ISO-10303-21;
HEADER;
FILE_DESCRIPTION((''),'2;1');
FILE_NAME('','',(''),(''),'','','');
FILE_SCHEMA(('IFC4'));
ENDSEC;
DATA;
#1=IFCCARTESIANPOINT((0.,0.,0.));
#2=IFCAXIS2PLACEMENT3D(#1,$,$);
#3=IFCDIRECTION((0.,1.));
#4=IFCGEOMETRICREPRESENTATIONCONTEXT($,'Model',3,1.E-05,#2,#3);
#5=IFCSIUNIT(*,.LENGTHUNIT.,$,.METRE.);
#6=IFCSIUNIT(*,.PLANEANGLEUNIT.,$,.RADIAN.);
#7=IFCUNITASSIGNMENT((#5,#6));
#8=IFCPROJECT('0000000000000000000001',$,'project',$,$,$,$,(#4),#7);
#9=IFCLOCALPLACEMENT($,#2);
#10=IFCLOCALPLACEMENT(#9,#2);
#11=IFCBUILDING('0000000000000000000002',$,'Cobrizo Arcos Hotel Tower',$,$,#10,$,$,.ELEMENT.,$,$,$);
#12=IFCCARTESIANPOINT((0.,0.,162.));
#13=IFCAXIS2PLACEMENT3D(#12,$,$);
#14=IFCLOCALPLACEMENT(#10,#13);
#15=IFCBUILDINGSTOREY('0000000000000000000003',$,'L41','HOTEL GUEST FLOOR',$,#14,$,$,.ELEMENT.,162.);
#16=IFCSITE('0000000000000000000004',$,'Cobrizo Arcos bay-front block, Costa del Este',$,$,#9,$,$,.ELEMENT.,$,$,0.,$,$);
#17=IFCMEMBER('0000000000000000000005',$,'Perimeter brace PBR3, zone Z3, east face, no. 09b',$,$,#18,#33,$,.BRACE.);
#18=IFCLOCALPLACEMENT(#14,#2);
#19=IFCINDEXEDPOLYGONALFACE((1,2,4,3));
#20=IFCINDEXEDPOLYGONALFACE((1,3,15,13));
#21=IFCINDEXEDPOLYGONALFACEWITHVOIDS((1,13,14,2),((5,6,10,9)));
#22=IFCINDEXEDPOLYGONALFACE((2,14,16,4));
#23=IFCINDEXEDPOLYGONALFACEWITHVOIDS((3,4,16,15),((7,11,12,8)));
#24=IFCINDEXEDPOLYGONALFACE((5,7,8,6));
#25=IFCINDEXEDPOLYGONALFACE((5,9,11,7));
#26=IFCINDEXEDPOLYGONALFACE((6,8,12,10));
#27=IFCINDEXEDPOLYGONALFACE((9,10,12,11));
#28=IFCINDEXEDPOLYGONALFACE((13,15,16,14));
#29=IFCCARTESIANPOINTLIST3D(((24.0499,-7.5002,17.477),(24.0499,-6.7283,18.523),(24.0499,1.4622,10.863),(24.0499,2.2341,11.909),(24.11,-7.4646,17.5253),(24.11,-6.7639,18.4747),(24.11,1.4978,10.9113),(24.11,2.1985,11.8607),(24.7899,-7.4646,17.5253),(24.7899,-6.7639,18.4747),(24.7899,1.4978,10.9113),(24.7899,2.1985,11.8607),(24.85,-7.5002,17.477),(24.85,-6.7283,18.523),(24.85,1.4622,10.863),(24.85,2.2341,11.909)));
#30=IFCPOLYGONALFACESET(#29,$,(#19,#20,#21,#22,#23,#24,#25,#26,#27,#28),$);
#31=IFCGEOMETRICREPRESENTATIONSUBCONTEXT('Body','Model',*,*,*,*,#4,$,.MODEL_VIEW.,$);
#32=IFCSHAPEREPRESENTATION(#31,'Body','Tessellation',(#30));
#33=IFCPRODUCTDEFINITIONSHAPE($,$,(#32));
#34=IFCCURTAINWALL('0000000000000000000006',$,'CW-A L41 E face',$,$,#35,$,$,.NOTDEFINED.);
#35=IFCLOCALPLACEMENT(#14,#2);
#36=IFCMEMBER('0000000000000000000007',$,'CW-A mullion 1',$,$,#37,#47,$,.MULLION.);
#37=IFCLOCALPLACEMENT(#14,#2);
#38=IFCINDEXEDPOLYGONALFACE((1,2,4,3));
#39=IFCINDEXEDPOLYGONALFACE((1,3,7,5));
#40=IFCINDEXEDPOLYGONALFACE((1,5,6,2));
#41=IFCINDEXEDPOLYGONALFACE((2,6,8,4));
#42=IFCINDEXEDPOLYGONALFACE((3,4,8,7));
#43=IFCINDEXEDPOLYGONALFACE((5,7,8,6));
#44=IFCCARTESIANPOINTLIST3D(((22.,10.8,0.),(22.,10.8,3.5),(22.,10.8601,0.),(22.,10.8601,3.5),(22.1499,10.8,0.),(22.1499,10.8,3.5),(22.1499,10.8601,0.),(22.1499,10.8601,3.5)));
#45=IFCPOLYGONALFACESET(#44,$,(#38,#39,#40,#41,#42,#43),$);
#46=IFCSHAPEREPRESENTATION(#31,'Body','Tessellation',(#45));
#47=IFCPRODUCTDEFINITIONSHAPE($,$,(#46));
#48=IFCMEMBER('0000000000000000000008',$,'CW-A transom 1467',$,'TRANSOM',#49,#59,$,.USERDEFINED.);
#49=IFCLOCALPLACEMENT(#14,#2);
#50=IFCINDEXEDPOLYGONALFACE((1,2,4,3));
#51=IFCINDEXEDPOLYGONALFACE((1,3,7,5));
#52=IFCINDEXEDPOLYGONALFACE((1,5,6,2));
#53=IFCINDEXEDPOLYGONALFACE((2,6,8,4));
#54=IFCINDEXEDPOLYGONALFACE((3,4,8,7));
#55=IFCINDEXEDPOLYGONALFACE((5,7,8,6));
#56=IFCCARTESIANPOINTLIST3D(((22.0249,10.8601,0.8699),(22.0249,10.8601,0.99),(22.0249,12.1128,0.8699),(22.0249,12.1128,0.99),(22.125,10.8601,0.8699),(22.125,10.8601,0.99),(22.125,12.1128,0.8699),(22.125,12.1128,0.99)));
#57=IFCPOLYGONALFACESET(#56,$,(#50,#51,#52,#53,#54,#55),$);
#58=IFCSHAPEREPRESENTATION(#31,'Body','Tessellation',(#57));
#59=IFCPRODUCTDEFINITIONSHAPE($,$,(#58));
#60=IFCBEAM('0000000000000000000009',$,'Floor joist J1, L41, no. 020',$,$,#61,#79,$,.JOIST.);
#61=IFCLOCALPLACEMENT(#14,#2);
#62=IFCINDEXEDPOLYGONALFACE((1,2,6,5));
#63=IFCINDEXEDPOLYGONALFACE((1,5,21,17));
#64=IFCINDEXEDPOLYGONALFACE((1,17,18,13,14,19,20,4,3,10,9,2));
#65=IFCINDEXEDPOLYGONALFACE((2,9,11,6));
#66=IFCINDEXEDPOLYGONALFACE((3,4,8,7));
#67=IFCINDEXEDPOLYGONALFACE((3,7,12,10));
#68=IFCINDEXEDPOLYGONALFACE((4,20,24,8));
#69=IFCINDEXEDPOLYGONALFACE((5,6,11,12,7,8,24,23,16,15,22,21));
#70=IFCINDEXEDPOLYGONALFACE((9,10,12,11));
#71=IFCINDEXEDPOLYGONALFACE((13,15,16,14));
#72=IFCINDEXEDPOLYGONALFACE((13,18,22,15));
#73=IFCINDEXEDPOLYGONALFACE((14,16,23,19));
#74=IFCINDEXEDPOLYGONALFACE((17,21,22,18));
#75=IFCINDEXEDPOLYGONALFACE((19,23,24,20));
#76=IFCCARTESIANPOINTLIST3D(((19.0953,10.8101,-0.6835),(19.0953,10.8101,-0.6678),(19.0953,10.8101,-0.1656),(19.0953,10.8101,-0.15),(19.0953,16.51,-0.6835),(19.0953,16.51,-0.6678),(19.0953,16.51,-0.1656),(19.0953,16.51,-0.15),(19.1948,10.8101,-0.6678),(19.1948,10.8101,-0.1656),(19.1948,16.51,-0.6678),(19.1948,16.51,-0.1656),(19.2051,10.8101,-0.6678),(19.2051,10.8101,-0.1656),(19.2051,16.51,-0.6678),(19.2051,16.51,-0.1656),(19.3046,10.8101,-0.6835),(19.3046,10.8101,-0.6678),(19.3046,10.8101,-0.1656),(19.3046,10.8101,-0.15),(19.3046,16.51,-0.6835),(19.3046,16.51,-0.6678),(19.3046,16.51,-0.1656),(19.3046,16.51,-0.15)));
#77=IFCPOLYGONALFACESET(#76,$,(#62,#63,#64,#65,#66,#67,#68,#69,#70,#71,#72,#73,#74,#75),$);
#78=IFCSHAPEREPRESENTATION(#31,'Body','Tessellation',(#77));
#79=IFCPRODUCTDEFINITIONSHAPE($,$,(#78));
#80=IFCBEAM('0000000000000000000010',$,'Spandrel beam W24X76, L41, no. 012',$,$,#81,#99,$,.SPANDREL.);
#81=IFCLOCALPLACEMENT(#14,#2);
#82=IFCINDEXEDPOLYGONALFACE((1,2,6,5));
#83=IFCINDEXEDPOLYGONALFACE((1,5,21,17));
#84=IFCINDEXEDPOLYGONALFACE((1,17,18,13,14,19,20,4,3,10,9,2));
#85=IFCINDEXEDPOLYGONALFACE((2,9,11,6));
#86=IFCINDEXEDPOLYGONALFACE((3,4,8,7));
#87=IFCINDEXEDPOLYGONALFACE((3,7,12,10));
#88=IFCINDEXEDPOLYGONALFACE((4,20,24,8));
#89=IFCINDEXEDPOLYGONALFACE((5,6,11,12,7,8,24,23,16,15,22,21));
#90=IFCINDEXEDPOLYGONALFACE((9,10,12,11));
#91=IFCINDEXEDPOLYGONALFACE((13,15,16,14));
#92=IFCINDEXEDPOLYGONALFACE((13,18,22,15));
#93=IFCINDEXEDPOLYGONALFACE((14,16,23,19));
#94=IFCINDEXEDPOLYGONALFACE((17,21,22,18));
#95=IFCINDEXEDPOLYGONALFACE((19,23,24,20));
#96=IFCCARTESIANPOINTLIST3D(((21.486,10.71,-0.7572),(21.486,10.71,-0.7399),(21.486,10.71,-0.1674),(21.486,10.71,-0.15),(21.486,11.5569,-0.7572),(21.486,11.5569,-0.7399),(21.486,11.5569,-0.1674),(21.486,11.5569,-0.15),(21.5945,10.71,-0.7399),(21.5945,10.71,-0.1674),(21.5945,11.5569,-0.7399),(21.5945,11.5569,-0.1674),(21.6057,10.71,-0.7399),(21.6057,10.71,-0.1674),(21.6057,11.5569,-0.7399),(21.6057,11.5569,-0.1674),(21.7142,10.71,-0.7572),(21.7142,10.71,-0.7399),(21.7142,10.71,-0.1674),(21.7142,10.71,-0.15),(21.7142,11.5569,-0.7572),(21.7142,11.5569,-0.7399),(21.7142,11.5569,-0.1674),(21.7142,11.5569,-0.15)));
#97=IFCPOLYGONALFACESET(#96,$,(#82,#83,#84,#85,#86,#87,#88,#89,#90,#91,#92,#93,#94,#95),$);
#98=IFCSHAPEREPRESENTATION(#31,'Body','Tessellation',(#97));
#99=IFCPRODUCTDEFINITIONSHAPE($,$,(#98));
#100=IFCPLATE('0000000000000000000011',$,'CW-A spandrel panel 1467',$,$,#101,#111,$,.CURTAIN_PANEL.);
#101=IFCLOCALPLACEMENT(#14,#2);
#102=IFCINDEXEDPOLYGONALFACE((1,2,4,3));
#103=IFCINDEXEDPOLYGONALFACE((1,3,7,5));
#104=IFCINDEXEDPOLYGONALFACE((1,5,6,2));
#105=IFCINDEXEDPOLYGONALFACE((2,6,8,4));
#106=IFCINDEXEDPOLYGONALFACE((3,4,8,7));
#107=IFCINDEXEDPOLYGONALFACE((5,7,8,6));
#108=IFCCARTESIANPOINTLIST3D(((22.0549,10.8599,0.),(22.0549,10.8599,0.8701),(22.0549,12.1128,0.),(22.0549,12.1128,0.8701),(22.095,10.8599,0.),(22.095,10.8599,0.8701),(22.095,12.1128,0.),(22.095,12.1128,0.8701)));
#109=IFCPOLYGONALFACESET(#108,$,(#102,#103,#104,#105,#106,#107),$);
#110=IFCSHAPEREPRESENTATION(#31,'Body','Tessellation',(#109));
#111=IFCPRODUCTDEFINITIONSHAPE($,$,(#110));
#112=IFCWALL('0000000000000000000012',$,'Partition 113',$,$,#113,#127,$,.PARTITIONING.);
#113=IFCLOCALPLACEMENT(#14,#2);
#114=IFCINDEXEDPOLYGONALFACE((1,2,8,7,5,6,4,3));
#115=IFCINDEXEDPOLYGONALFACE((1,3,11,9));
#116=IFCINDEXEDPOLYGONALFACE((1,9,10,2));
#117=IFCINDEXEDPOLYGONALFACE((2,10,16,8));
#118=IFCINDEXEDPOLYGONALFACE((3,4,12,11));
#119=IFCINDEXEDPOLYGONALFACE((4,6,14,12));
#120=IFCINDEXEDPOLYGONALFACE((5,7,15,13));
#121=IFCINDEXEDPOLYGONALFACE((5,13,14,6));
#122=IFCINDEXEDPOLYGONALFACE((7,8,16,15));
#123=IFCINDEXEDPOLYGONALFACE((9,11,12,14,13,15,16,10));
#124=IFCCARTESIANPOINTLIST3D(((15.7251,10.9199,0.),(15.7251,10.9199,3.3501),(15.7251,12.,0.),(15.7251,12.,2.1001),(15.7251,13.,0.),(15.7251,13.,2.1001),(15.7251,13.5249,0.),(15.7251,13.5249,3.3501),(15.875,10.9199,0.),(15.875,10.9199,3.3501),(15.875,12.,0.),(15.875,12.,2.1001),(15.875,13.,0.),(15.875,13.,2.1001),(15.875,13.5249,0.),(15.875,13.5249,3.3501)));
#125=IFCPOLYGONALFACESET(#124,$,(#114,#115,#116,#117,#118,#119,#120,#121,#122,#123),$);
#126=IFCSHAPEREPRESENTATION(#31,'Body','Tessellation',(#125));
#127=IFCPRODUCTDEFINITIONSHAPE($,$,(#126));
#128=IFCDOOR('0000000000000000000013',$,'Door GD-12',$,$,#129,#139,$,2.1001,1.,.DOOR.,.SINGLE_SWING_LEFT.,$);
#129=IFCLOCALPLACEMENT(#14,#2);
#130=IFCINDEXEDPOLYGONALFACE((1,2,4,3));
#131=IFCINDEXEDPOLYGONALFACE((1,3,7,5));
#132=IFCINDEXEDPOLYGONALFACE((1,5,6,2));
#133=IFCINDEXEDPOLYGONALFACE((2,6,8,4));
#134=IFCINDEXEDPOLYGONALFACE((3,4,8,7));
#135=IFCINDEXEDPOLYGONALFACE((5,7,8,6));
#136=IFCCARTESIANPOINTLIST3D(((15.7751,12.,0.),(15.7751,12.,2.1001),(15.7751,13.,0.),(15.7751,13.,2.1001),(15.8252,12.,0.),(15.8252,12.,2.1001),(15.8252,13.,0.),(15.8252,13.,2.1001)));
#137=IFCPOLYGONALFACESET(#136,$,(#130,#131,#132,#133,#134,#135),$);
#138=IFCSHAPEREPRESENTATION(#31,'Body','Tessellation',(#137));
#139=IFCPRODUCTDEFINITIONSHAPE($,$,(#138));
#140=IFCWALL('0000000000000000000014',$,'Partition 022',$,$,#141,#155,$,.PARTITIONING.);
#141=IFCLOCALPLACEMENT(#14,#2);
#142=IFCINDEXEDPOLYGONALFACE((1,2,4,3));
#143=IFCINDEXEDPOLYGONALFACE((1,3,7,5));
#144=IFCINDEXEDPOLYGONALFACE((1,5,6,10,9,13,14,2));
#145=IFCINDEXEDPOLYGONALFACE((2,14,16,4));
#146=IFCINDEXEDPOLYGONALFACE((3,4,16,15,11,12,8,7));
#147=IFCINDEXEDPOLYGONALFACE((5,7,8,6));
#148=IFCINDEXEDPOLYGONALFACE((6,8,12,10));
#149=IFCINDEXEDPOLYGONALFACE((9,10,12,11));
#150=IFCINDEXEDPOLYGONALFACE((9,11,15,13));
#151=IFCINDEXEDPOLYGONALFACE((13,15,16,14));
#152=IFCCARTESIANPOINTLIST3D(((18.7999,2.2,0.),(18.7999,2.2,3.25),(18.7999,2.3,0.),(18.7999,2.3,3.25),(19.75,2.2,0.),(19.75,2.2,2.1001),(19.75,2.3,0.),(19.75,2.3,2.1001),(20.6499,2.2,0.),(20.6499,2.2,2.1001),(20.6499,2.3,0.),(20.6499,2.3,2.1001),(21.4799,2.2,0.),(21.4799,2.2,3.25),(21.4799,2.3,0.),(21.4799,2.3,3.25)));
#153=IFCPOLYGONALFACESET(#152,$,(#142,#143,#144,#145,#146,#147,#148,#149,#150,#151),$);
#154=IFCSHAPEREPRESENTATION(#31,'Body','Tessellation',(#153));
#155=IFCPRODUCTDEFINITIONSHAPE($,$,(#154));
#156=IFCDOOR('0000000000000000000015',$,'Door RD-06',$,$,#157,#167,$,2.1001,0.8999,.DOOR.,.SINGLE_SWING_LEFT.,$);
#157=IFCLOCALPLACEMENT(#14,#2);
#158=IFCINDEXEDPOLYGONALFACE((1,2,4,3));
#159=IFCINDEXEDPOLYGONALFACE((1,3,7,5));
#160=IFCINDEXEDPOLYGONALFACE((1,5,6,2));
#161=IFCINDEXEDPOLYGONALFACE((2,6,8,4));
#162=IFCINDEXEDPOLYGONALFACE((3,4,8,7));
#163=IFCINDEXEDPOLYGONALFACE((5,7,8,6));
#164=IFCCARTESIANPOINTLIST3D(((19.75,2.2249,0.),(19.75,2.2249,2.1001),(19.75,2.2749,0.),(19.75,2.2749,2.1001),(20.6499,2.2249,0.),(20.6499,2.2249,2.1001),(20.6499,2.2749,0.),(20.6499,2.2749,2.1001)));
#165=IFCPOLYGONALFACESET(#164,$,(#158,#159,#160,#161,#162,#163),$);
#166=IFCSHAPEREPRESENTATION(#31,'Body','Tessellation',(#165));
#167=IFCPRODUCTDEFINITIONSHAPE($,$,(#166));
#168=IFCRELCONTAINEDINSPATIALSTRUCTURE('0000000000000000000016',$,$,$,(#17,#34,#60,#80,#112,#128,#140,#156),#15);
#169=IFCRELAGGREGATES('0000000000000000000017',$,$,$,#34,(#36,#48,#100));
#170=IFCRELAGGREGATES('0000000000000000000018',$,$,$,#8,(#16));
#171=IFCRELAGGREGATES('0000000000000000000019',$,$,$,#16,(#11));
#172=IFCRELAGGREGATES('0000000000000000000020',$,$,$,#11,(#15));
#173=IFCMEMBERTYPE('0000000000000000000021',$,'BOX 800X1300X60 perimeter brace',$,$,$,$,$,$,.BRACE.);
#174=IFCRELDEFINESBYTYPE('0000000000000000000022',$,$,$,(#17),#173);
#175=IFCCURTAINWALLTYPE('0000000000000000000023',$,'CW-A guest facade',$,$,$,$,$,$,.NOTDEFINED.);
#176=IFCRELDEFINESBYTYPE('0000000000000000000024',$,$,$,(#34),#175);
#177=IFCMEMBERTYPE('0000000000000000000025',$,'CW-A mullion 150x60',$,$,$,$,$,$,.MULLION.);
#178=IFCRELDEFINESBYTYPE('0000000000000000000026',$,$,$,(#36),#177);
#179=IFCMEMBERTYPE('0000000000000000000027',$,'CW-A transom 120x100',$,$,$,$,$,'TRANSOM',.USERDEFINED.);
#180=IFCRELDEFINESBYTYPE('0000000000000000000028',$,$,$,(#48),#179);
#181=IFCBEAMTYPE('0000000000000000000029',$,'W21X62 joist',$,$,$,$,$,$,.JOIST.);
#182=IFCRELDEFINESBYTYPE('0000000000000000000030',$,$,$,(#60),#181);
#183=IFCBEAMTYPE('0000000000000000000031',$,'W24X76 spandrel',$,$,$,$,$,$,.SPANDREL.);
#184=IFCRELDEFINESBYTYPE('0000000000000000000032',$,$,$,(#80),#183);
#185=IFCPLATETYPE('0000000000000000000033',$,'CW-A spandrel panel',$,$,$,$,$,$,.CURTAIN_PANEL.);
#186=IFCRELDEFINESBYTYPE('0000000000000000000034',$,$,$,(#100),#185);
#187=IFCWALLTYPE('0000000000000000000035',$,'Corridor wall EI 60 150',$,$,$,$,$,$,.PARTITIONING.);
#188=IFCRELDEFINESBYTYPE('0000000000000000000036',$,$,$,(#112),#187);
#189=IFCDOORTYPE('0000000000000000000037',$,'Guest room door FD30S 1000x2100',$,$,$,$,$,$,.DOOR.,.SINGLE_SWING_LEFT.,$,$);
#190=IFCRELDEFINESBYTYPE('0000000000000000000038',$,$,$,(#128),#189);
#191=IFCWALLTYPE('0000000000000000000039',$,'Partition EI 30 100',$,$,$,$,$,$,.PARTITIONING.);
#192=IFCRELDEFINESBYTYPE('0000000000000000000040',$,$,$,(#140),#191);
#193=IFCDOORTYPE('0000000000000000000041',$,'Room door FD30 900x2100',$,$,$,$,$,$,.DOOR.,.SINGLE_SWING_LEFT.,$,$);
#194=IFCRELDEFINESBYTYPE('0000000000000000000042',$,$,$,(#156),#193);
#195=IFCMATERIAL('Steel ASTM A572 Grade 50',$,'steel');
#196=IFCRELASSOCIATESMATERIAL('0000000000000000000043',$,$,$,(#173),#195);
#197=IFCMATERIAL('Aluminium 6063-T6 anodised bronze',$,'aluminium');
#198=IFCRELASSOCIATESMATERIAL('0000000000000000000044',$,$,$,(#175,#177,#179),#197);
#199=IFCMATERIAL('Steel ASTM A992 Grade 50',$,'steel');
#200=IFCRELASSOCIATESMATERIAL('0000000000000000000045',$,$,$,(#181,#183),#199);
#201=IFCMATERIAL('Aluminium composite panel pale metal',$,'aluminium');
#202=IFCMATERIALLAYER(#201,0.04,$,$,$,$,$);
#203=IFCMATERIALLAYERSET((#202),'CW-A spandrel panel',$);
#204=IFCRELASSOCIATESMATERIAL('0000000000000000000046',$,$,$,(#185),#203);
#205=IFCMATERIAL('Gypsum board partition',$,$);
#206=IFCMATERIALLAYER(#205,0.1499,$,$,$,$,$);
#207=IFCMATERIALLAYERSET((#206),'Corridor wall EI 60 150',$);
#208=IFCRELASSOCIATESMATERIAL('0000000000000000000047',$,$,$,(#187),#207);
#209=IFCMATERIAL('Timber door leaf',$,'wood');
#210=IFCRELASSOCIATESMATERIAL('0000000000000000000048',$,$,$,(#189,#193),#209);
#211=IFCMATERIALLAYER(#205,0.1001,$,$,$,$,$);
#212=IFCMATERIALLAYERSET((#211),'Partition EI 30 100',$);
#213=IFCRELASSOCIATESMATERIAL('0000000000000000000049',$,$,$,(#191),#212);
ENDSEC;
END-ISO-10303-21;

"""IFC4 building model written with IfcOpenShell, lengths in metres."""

from ifc_helpers import new_model, si_unit, direction, frame, frame_2d, origin, origin_2d, place, context, subcontext, project, spatial, rectangle, hollow_rectangle, i_section, extrude, material, layer, layer_set, material_profile, profile_set, type_object, element, fill, aggregate, save


model = new_model("IFC4")

# Units and contexts
model_context = context("Model", 3, precision=1e-05, world=origin(), true_north=direction((0.0, 1.0)))
body_context = subcontext(model_context, "Body", "Model", "MODEL_VIEW")
ifc_project = project(units=[si_unit("LENGTHUNIT", "METRE"), si_unit("PLANEANGLEUNIT", "RADIAN")], contexts=[model_context])

# Site, building, storey
site_placement = place(None, origin())
site = spatial("IfcSite", under=ifc_project, at=site_placement, Name="Cobrizo Arcos bay-front block, Costa del Este", CompositionType="ELEMENT", RefElevation=0.0)
building_placement = place(site_placement, origin())
building = spatial("IfcBuilding", under=site, at=building_placement, Name="Cobrizo Arcos Hotel Tower", CompositionType="ELEMENT")
storey_placement = place(building_placement, frame((0.0, 0.0, 162.0)))
storey = spatial("IfcBuildingStorey", under=building, at=storey_placement, Name="L41", Description="HOTEL GUEST FLOOR", CompositionType="ELEMENT", Elevation=162.0)

# Member
ifc_material_1 = material(Name="Steel ASTM A572 Grade 50", Category="steel")
ifc_material_profile_1 = material_profile(ifc_material_1, hollow_rectangle(XDim=0.8, YDim=1.3, WallThickness=0.0601, at=origin_2d()), Name="BOX 800X1300X60")
ifc_profile_set_1 = profile_set([ifc_material_profile_1], Name="Steel ASTM A572 Grade 50")
member_type_1 = type_object("IfcMemberType", Name="BOX 800X1300X60 perimeter brace", PredefinedType="BRACE", material=ifc_profile_set_1)
member_1_placement = place(storey_placement, frame((24.45, 1.8481, 11.386), z_axis=(0.0, -0.804621, 0.593789), x_axis=(1.0, 0.0, 0.0)))
element("IfcMember", 1, at=member_1_placement, inside=storey, type_object=member_type_1, Name="Perimeter brace PBR3, zone Z3, east face, no. 09b", PredefinedType="BRACE", context=body_context, shape_type="SweptSolid", body=[
    extrude(hollow_rectangle(XDim=0.8, YDim=1.3, WallThickness=0.0601, at=origin_2d()), origin(), (0.0, 0.0, 1.0), 11.1387),
])

# Curtain wall, members
ifc_material_2 = material(Name="Aluminium 6063-T6 anodised bronze", Category="aluminium")
curtain_wall_type = type_object("IfcCurtainWallType", Name="CW-A guest facade", PredefinedType="NOTDEFINED", material=ifc_material_2)
curtain_wall_placement = place(storey_placement, origin())
curtain_wall = element("IfcCurtainWall", 2, at=curtain_wall_placement, inside=storey, type_object=curtain_wall_type, Name="CW-A L41 E face", PredefinedType="NOTDEFINED")
ifc_material_profile_2 = material_profile(ifc_material_2, rectangle(XDim=0.1499, YDim=0.0601, at=origin_2d()), Name="CW-A mullion 150x60")
ifc_profile_set_2 = profile_set([ifc_material_profile_2], Name="Aluminium 6063-T6 anodised bronze")
member_type_2 = type_object("IfcMemberType", Name="CW-A mullion 150x60", PredefinedType="MULLION", material=ifc_profile_set_2)
member_2_placement = place(storey_placement, frame((22.075, 10.8301, 0.0), z_axis=(0.0, 0.0, 1.0), x_axis=(1.0, 0.0, 0.0)))
member_2 = element("IfcMember", 3, at=member_2_placement, type_object=member_type_2, Name="CW-A mullion 1", PredefinedType="MULLION", context=body_context, shape_type="SweptSolid", body=[
    extrude(rectangle(XDim=0.1499, YDim=0.0601, at=origin_2d()), origin(), (0.0, 0.0, 1.0), 3.5),
])
ifc_material_profile_3 = material_profile(ifc_material_2, rectangle(XDim=0.1001, YDim=0.1201, at=origin_2d()), Name="CW-A transom 120x100")
ifc_profile_set_3 = profile_set([ifc_material_profile_3], Name="Aluminium 6063-T6 anodised bronze")
member_type_3 = type_object("IfcMemberType", Name="CW-A transom 120x100", ElementType="TRANSOM", PredefinedType="USERDEFINED", material=ifc_profile_set_3)
member_3_placement = place(storey_placement, frame((22.075, 10.8601, 0.9299), z_axis=(0.0, 1.0, 0.0), x_axis=(-1.0, 0.0, 0.0)))
member_3 = element("IfcMember", 4, at=member_3_placement, type_object=member_type_3, Name="CW-A transom 1467", ObjectType="TRANSOM", PredefinedType="USERDEFINED", context=body_context, shape_type="SweptSolid", body=[
    extrude(rectangle(XDim=0.1001, YDim=0.1201, at=origin_2d()), origin(), (0.0, 0.0, 1.0), 1.2527),
])

# Beams
ifc_material_3 = material(Name="Steel ASTM A992 Grade 50", Category="steel")
ifc_material_profile_4 = material_profile(ifc_material_3, i_section(OverallWidth=0.2092, OverallDepth=0.5334, WebThickness=0.0103, FlangeThickness=0.0156, at=origin_2d()), Name="W21X62")
ifc_profile_set_4 = profile_set([ifc_material_profile_4], Name="Steel ASTM A992 Grade 50")
beam_type_1 = type_object("IfcBeamType", Name="W21X62 joist", PredefinedType="JOIST", material=ifc_profile_set_4)
beam_1_placement = place(storey_placement, frame((19.2, 10.8101, -0.4167), z_axis=(0.0, 1.0, 0.0), x_axis=(-1.0, 0.0, 0.0)))
element("IfcBeam", 5, at=beam_1_placement, inside=storey, type_object=beam_type_1, Name="Floor joist J1, L41, no. 020", PredefinedType="JOIST", context=body_context, shape_type="SweptSolid", body=[
    extrude(i_section(OverallWidth=0.2092, OverallDepth=0.5334, WebThickness=0.0103, FlangeThickness=0.0156, at=origin_2d()), origin(), (0.0, 0.0, 1.0), 5.7),
])
ifc_material_profile_5 = material_profile(ifc_material_3, i_section(OverallWidth=0.2283, OverallDepth=0.6072, WebThickness=0.0112, FlangeThickness=0.0173, at=origin_2d()), Name="W24X76")
ifc_profile_set_5 = profile_set([ifc_material_profile_5], Name="Steel ASTM A992 Grade 50")
beam_type_2 = type_object("IfcBeamType", Name="W24X76 spandrel", PredefinedType="SPANDREL", material=ifc_profile_set_5)
beam_2_placement = place(storey_placement, frame((21.6001, 10.71, -0.4536), z_axis=(0.0, 1.0, 0.0), x_axis=(-1.0, 0.0, 0.0)))
element("IfcBeam", 6, at=beam_2_placement, inside=storey, type_object=beam_type_2, Name="Spandrel beam W24X76, L41, no. 012", PredefinedType="SPANDREL", context=body_context, shape_type="SweptSolid", body=[
    extrude(i_section(OverallWidth=0.2283, OverallDepth=0.6072, WebThickness=0.0112, FlangeThickness=0.0173, at=origin_2d()), origin(), (0.0, 0.0, 1.0), 0.8469),
])

# Plate
ifc_material_4 = material(Name="Aluminium composite panel pale metal", Category="aluminium")
ifc_layer_1 = layer(ifc_material_4, 0.04)
ifc_layer_set_1 = layer_set([ifc_layer_1], Name="CW-A spandrel panel")
plate_type = type_object("IfcPlateType", Name="CW-A spandrel panel", PredefinedType="CURTAIN_PANEL", material=ifc_layer_set_1)
plate_placement = place(storey_placement, frame((22.075, 11.4863, 0.0), z_axis=(0.0, 0.0, 1.0), x_axis=(0.0, 1.0, 0.0)))
plate = element("IfcPlate", 7, at=plate_placement, type_object=plate_type, Name="CW-A spandrel panel 1467", PredefinedType="CURTAIN_PANEL", context=body_context, shape_type="SweptSolid", body=[
    extrude(rectangle(XDim=1.2529, YDim=0.04, at=origin_2d()), origin(), (0.0, 0.0, 1.0), 0.8701),
])
aggregate(curtain_wall, [member_2, member_3, plate])

# Walls, openings, doors
ifc_material_5 = material(Name="Gypsum board partition")
ifc_layer_2 = layer(ifc_material_5, 0.1499)
ifc_layer_set_2 = layer_set([ifc_layer_2], Name="Corridor wall EI 60 150")
wall_type_1 = type_object("IfcWallType", Name="Corridor wall EI 60 150", PredefinedType="PARTITIONING", material=ifc_layer_set_2)
wall_1_placement = place(storey_placement, frame((15.8, 10.9199, 0.0), z_axis=(0.0, 0.0, 1.0), x_axis=(0.0, 1.0, 0.0)))
wall_1 = element("IfcWall", 8, at=wall_1_placement, inside=storey, type_object=wall_type_1, Name="Partition 113", PredefinedType="PARTITIONING", context=body_context, shape_type="SweptSolid", body=[
    extrude(rectangle(XDim=2.605, YDim=0.1499, at=frame_2d((1.3025, 0.0))), origin(), (0.0, 0.0, 1.0), 3.3501),
])
opening_1_placement = place(wall_1_placement, frame((1.0801, 0.0, 0.0)))
opening_1 = element("IfcOpeningElement", 9, at=opening_1_placement, cuts=wall_1, PredefinedType="OPENING", context=body_context, shape_type="SweptSolid", body=[
    extrude(rectangle(XDim=1.0, YDim=2.1001, at=frame_2d((0.5, 1.05))), frame((0.0, 0.0869, 0.0), z_axis=(0.0, -1.0, 0.0), x_axis=(1.0, 0.0, 0.0)), (0.0, 0.0, 1.0), 0.1738),
])
ifc_material_6 = material(Name="Timber door leaf", Category="wood")
door_type_1 = type_object("IfcDoorType", Name="Guest room door FD30S 1000x2100", OperationType="SINGLE_SWING_LEFT", PredefinedType="DOOR", material=ifc_material_6)
door_1_placement = place(opening_1_placement, origin())
door_1 = element("IfcDoor", 10, at=door_1_placement, inside=storey, type_object=door_type_1, Name="Door GD-12", OperationType="SINGLE_SWING_LEFT", OverallHeight=2.1001, OverallWidth=1.0, PredefinedType="DOOR", context=body_context, shape_type="SweptSolid", body=[
    extrude(rectangle(XDim=1.0, YDim=2.1001, at=frame_2d((0.5, 1.05))), frame((0.0, 0.0249, 0.0), z_axis=(0.0, -1.0, 0.0), x_axis=(1.0, 0.0, 0.0)), (0.0, 0.0, 1.0), 0.05),
])
fill(opening_1, door_1)
ifc_layer_3 = layer(ifc_material_5, 0.1001)
ifc_layer_set_3 = layer_set([ifc_layer_3], Name="Partition EI 30 100")
wall_type_2 = type_object("IfcWallType", Name="Partition EI 30 100", PredefinedType="PARTITIONING", material=ifc_layer_set_3)
wall_2_placement = place(storey_placement, frame((18.8, 2.25, 0.0), z_axis=(0.0, 0.0, 1.0), x_axis=(1.0, 0.0, 0.0)))
wall_2 = element("IfcWall", 11, at=wall_2_placement, inside=storey, type_object=wall_type_2, Name="Partition 022", PredefinedType="PARTITIONING", context=body_context, shape_type="SweptSolid", body=[
    extrude(rectangle(XDim=2.6799, YDim=0.1001, at=frame_2d((1.3398, 0.0))), origin(), (0.0, 0.0, 1.0), 3.25),
])
opening_2_placement = place(wall_2_placement, frame((0.95, 0.0, 0.0)))
opening_2 = element("IfcOpeningElement", 12, at=opening_2_placement, cuts=wall_2, PredefinedType="OPENING", context=body_context, shape_type="SweptSolid", body=[
    extrude(rectangle(XDim=0.8999, YDim=2.1001, at=frame_2d((0.45, 1.05))), frame((0.0, 0.062, 0.0), z_axis=(0.0, -1.0, 0.0), x_axis=(1.0, 0.0, 0.0)), (0.0, 0.0, 1.0), 0.124),
])
door_type_2 = type_object("IfcDoorType", Name="Room door FD30 900x2100", OperationType="SINGLE_SWING_LEFT", PredefinedType="DOOR", material=ifc_material_6)
door_2_placement = place(opening_2_placement, origin())
door_2 = element("IfcDoor", 13, at=door_2_placement, inside=storey, type_object=door_type_2, Name="Door RD-06", OperationType="SINGLE_SWING_LEFT", OverallHeight=2.1001, OverallWidth=0.8999, PredefinedType="DOOR", context=body_context, shape_type="SweptSolid", body=[
    extrude(rectangle(XDim=0.8999, YDim=2.1001, at=frame_2d((0.45, 1.05))), frame((0.0, 0.0249, 0.0), z_axis=(0.0, -1.0, 0.0), x_axis=(1.0, 0.0, 0.0)), (0.0, 0.0, 1.0), 0.05),
])
fill(opening_2, door_2)

save(model, "model.ifc")
